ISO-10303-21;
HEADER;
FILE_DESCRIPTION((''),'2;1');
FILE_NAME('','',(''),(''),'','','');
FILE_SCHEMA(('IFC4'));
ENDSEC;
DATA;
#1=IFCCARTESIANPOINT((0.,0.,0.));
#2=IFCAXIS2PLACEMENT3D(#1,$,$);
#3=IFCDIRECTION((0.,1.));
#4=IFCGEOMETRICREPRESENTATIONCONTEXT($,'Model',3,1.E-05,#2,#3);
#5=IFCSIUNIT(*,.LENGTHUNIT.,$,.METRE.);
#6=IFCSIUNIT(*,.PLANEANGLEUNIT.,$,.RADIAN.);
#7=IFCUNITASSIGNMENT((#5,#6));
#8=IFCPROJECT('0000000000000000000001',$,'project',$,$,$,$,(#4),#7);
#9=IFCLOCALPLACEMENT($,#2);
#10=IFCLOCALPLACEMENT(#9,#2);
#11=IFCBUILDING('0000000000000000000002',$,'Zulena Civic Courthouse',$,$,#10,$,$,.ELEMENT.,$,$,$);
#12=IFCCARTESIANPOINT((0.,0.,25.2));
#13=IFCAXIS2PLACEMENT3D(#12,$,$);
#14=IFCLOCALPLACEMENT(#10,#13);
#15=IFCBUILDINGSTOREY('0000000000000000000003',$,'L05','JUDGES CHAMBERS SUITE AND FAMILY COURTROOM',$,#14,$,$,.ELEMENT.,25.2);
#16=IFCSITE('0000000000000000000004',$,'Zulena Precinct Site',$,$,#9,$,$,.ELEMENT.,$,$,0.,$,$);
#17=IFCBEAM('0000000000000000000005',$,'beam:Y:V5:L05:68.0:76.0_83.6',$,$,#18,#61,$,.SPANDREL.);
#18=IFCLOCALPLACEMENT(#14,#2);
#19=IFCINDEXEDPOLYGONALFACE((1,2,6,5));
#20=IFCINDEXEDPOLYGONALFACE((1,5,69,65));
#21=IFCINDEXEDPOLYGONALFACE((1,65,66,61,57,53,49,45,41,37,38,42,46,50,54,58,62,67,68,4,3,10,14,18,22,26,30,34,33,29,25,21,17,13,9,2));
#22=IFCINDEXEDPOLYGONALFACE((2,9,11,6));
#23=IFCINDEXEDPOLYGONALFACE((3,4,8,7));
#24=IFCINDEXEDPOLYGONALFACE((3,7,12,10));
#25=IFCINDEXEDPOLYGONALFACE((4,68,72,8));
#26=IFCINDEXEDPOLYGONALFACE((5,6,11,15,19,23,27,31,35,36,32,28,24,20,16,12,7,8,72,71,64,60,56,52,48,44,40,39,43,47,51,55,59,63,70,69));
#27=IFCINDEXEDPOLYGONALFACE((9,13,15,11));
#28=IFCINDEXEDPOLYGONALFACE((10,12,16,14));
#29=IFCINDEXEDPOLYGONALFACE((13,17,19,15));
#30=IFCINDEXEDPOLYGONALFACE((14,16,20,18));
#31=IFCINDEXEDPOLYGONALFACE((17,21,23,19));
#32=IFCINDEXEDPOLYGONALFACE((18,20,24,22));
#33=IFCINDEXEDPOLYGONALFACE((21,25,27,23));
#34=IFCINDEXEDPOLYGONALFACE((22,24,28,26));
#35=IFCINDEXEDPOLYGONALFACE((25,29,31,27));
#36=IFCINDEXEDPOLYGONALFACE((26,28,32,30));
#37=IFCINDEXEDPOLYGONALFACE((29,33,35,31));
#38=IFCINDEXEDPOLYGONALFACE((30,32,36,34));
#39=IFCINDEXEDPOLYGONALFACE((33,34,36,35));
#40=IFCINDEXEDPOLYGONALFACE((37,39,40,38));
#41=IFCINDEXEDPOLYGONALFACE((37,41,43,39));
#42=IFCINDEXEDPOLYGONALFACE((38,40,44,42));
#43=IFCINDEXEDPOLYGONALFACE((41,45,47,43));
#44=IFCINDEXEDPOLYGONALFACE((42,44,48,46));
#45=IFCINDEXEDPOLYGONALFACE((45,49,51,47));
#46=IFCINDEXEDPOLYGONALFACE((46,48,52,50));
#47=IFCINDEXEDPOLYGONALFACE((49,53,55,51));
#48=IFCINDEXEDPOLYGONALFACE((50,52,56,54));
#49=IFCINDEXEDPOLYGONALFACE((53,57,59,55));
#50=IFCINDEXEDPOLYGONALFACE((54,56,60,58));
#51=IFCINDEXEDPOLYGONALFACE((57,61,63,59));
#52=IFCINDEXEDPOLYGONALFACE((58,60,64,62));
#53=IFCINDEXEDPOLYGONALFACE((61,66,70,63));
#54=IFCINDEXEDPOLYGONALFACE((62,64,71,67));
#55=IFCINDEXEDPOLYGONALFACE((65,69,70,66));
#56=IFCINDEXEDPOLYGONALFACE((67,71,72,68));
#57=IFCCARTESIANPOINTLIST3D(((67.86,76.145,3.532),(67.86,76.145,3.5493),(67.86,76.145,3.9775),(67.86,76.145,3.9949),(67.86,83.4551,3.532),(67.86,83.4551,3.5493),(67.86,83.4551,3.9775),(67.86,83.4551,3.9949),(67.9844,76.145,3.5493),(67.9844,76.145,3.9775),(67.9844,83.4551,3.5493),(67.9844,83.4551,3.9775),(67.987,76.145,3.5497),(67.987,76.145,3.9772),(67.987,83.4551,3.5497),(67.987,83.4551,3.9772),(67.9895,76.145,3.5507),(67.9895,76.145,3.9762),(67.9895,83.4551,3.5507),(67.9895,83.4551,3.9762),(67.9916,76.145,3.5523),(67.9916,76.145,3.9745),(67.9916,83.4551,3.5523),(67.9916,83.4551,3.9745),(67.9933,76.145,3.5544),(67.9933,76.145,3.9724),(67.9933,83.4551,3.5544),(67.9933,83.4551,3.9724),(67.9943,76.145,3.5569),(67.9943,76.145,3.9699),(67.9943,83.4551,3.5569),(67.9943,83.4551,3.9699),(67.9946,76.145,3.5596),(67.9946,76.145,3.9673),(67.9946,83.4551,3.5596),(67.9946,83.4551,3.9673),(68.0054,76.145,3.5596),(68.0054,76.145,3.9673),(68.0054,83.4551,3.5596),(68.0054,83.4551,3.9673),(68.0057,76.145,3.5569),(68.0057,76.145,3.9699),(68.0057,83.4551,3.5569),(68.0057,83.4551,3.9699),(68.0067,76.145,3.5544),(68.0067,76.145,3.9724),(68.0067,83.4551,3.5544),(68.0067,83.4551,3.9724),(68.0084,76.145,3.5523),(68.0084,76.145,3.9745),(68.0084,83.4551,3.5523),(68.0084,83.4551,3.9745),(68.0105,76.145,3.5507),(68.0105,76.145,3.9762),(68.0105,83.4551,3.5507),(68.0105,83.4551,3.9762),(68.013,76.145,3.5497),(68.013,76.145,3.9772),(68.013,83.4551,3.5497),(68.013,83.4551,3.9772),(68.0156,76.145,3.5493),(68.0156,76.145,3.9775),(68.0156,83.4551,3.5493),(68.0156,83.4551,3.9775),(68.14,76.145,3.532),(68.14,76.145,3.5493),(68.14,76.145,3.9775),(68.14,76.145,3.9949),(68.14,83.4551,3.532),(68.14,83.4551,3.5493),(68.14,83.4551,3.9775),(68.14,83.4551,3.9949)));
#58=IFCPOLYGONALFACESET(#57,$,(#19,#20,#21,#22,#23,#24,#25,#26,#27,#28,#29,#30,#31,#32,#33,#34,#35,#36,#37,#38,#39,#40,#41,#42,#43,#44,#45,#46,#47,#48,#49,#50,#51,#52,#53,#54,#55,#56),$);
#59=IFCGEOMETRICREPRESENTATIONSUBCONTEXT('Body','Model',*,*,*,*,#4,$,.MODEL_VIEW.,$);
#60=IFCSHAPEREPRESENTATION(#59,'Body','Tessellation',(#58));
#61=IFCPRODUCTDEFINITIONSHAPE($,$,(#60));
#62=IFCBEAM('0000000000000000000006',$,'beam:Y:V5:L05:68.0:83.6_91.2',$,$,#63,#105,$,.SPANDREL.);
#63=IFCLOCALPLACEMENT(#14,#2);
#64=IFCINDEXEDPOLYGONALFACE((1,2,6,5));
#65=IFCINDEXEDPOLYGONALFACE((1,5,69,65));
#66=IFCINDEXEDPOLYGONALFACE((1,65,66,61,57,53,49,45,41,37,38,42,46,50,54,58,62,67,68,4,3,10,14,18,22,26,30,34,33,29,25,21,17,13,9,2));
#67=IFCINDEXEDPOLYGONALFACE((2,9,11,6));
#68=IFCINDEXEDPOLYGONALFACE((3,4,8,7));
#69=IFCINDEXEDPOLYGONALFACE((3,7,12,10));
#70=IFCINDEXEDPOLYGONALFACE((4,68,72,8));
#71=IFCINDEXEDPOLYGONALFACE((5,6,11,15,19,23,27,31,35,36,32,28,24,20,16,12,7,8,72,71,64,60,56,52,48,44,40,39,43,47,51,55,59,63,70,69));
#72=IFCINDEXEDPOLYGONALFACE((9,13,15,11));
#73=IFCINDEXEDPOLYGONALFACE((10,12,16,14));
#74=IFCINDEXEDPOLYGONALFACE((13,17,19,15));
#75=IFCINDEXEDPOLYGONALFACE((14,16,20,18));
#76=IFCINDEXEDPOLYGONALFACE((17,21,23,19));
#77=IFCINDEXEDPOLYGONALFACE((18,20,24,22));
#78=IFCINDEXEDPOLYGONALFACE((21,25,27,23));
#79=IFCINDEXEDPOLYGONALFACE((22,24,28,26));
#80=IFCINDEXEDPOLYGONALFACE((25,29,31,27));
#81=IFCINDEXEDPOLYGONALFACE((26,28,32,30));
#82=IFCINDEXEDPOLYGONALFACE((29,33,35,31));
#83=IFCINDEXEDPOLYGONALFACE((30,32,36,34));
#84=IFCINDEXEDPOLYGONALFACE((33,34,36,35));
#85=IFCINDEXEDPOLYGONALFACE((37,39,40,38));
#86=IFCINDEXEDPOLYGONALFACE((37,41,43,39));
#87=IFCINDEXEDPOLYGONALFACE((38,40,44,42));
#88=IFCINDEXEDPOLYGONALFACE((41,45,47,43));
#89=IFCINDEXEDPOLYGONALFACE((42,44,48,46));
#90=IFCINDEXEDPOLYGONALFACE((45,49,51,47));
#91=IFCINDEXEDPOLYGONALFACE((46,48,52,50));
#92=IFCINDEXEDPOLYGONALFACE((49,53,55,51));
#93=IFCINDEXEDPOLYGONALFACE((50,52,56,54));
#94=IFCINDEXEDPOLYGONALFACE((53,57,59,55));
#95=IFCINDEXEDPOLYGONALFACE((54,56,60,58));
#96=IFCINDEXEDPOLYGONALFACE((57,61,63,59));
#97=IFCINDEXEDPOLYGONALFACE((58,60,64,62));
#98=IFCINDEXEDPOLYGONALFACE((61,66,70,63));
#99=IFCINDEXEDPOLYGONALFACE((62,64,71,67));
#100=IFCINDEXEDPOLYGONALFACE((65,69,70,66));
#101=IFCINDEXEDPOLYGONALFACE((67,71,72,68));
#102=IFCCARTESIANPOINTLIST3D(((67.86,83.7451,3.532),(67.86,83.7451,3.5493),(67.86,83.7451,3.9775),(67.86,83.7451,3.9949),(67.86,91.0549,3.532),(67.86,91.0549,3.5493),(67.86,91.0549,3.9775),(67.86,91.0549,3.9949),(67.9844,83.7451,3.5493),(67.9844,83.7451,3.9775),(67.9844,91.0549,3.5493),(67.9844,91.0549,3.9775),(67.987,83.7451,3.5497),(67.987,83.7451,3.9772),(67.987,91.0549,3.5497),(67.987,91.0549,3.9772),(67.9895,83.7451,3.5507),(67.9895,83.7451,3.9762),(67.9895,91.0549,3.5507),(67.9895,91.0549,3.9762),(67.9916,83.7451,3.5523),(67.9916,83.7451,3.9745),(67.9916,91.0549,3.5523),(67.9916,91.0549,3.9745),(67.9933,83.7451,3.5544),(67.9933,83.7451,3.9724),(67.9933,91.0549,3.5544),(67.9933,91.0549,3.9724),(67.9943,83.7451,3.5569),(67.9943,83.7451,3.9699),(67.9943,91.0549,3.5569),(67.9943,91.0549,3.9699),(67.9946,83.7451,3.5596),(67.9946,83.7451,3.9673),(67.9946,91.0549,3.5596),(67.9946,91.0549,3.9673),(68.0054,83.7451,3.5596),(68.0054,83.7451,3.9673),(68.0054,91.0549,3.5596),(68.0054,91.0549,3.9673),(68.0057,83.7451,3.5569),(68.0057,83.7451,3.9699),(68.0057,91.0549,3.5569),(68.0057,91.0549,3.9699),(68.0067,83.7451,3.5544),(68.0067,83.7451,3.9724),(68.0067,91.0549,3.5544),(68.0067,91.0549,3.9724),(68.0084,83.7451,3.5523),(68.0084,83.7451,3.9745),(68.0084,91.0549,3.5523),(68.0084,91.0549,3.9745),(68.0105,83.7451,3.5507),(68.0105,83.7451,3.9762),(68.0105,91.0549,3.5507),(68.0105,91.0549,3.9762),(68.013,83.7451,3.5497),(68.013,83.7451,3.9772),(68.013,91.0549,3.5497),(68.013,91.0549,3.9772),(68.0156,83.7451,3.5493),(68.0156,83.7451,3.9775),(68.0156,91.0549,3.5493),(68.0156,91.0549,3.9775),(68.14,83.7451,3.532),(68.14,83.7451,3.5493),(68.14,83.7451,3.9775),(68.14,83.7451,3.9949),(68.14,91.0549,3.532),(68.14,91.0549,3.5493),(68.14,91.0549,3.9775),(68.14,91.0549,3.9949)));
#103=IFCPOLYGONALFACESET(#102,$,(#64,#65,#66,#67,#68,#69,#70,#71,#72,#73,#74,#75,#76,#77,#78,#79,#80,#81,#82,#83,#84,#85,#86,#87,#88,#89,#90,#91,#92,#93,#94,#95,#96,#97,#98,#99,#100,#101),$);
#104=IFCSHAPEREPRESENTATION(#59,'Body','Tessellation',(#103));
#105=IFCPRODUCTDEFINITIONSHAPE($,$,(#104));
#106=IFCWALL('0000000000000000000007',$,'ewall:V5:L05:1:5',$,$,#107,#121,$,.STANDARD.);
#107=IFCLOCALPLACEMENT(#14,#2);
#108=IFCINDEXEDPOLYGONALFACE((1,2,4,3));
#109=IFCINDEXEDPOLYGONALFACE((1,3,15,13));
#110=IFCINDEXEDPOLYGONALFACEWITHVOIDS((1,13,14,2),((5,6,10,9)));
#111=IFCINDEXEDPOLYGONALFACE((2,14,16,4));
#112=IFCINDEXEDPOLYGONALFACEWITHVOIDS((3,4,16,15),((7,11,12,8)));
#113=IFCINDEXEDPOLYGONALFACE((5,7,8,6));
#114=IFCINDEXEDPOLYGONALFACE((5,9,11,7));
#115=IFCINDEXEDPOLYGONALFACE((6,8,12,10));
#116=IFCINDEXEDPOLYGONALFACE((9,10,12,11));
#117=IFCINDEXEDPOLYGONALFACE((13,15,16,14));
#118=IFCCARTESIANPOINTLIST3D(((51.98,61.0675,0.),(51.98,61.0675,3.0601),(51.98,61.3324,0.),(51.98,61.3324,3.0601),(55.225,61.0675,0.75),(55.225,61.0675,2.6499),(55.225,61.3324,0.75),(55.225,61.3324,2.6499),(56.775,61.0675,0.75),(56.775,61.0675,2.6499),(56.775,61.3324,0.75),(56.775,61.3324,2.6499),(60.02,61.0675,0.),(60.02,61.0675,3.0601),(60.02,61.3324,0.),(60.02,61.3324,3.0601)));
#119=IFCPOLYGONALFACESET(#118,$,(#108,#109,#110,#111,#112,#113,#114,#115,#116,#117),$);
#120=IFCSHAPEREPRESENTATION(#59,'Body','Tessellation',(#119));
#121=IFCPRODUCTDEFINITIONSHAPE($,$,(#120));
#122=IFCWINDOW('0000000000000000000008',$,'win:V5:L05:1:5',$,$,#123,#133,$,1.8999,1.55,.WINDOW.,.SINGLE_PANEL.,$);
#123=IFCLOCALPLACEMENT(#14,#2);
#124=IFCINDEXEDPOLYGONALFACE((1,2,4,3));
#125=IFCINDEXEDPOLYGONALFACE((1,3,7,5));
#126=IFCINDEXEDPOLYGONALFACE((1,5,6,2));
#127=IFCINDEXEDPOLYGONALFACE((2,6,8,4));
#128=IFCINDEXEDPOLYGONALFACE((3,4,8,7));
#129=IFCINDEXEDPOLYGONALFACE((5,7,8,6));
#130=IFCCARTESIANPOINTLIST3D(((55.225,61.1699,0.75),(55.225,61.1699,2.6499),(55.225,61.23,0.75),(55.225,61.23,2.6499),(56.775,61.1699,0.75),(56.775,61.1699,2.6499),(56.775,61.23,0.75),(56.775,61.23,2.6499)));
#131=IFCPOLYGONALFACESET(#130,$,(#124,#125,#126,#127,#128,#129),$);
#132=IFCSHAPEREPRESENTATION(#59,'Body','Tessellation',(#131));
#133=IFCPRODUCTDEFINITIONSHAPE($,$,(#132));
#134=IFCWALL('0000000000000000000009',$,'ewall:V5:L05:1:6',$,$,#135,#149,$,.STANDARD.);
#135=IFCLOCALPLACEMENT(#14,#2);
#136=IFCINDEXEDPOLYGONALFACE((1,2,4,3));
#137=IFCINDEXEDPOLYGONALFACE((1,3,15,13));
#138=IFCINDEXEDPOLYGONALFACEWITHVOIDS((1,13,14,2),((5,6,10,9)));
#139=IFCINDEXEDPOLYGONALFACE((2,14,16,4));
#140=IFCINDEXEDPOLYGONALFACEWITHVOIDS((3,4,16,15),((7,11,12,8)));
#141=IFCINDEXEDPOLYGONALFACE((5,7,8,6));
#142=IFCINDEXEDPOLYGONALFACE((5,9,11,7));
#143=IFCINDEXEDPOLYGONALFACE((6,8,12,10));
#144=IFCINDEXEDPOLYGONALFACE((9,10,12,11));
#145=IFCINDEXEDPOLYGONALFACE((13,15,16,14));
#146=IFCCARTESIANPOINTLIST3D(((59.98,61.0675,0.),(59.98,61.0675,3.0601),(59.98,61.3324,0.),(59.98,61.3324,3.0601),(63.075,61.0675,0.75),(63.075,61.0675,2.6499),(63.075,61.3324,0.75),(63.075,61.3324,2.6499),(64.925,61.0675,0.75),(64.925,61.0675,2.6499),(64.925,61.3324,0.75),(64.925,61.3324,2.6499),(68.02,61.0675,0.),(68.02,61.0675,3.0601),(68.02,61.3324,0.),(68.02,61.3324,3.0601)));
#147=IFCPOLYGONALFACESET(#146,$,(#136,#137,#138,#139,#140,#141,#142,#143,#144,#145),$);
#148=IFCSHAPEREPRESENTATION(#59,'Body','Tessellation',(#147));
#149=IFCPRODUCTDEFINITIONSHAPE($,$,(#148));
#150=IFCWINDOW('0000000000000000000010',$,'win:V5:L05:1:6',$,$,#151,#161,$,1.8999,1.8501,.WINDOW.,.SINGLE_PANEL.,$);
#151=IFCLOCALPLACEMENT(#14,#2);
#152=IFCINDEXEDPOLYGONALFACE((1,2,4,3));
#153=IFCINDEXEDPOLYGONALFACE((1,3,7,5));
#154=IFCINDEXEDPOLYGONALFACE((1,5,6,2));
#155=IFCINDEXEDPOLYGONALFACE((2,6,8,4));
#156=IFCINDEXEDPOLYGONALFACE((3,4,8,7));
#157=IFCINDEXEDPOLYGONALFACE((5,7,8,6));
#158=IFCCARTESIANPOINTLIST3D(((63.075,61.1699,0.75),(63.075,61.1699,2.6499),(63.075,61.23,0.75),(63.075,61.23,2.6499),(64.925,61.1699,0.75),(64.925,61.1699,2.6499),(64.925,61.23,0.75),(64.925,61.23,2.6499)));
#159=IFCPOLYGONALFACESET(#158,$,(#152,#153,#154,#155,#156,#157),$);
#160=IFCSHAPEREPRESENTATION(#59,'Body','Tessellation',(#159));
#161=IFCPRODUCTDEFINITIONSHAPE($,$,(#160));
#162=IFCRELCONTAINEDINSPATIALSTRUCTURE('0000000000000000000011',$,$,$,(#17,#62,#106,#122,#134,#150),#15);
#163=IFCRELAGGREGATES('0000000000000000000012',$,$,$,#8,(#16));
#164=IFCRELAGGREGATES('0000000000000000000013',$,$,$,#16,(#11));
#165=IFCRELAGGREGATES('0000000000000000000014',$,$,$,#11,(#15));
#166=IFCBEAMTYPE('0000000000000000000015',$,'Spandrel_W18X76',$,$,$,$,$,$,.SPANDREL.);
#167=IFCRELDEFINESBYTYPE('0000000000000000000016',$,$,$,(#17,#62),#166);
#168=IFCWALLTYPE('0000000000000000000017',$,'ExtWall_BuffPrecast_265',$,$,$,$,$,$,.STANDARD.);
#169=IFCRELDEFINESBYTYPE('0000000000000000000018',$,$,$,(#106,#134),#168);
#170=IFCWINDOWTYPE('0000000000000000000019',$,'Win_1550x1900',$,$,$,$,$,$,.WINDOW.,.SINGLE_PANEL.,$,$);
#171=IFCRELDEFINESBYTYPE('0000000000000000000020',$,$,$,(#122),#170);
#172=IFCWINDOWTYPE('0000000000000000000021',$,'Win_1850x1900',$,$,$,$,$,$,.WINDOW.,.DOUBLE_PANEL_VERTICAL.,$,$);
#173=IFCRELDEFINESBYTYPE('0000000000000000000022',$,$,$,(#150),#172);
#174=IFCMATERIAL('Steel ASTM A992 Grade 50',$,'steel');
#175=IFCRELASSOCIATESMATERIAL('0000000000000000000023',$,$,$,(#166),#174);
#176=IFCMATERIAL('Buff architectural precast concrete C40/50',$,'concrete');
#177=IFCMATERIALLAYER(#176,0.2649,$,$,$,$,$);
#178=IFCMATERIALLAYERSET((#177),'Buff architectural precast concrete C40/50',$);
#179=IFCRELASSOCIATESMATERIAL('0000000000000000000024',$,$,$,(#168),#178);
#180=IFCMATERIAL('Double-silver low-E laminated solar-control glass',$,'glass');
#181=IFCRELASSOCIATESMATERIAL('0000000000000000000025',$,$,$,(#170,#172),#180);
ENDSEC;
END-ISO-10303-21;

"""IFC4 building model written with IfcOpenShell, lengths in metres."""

from ifc_helpers import new_model, si_unit, direction, frame, frame_2d, origin, origin_2d, place, context, subcontext, project, spatial, rectangle, i_section, extrude, material, layer, layer_set, material_profile, profile_set, type_object, element, fill, save


model = new_model("IFC4")

# Units and contexts
model_context = context("Model", 3, precision=1e-05, world=origin(), true_north=direction((0.0, 1.0)))
body_context = subcontext(model_context, "Body", "Model", "MODEL_VIEW")
ifc_project = project(units=[si_unit("LENGTHUNIT", "METRE"), si_unit("PLANEANGLEUNIT", "RADIAN")], contexts=[model_context])

# Site, building, storey
site_placement = place(None, origin())
site = spatial("IfcSite", under=ifc_project, at=site_placement, Name="Zulena Precinct Site", CompositionType="ELEMENT", RefElevation=0.0)
building_placement = place(site_placement, origin())
building = spatial("IfcBuilding", under=site, at=building_placement, Name="Zulena Civic Courthouse", CompositionType="ELEMENT")
storey_placement = place(building_placement, frame((0.0, 0.0, 25.2)))
storey = spatial("IfcBuildingStorey", under=building, at=storey_placement, Name="L05", Description="JUDGES CHAMBERS SUITE AND FAMILY COURTROOM", CompositionType="ELEMENT", Elevation=25.2)

# Shared definitions
ifc_material_1 = material(Name="Steel ASTM A992 Grade 50", Category="steel")

# Beams
ifc_material_profile_1 = material_profile(ifc_material_1, i_section(OverallWidth=0.28, OverallDepth=0.4629, WebThickness=0.0107, FlangeThickness=0.0173, FilletRadius=0.0103, at=origin_2d()), Name="W18X76")
ifc_profile_set_1 = profile_set([ifc_material_profile_1], Name="Steel ASTM A992 Grade 50")
beam_type_1 = type_object("IfcBeamType", Name="Spandrel_W18X76", PredefinedType="SPANDREL", material=ifc_profile_set_1)
for number, where, z_axis, x_axis, name in (
    (1, (68.0, 76.145, 3.7634), (0.0, 1.0, 0.0), (-1.0, 0.0, 0.0), "beam:Y:V5:L05:68.0:76.0_83.6"),
):
    element("IfcBeam", number, at=place(storey_placement, frame(where, z_axis=z_axis, x_axis=x_axis)), inside=storey, type_object=beam_type_1, Name=name, PredefinedType="SPANDREL", context=body_context, shape_type="SweptSolid", body=[
        extrude(i_section(OverallWidth=0.28, OverallDepth=0.4629, WebThickness=0.0107, FlangeThickness=0.0173, FilletRadius=0.0103, at=origin_2d()), origin(), (0.0, 0.0, 1.0), 7.3101),
    ])
beam_1_placement = place(storey_placement, frame((68.0, 83.7451, 3.7634), z_axis=(0.0, 1.0, 0.0), x_axis=(-1.0, 0.0, 0.0)))
element("IfcBeam", 2, at=beam_1_placement, inside=storey, type_object=beam_type_1, Name="beam:Y:V5:L05:68.0:83.6_91.2", PredefinedType="SPANDREL", context=body_context, shape_type="SweptSolid", body=[
    extrude(i_section(OverallWidth=0.28, OverallDepth=0.4629, WebThickness=0.0107, FlangeThickness=0.0173, FilletRadius=0.0103, at=origin_2d()), origin(), (0.0, 0.0, 1.0), 7.3098),
])

# Walls, openings, windows
ifc_material_2 = material(Name="Buff architectural precast concrete C40/50", Category="concrete")
ifc_layer_1 = layer(ifc_material_2, 0.2649)
ifc_layer_set_1 = layer_set([ifc_layer_1], Name="Buff architectural precast concrete C40/50")
wall_type_1 = type_object("IfcWallType", Name="ExtWall_BuffPrecast_265", PredefinedType="STANDARD", material=ifc_layer_set_1)
wall_1_placement = place(storey_placement, frame((51.98, 61.2, 0.0), z_axis=(0.0, 0.0, 1.0), x_axis=(1.0, 0.0, 0.0)))
wall_1 = element("IfcWall", 3, at=wall_1_placement, inside=storey, type_object=wall_type_1, Name="ewall:V5:L05:1:5", PredefinedType="STANDARD", context=body_context, shape_type="SweptSolid", body=[
    extrude(rectangle(XDim=8.04, YDim=0.2649, at=frame_2d((4.02, 0.0))), origin(), (0.0, 0.0, 1.0), 3.0601),
])
opening_1_placement = place(wall_1_placement, frame((3.2451, 0.0, 0.75)))
opening_1 = element("IfcOpeningElement", 4, at=opening_1_placement, cuts=wall_1, PredefinedType="OPENING", context=body_context, shape_type="SweptSolid", body=[
    extrude(rectangle(XDim=1.55, YDim=1.8999, at=frame_2d((0.7749, 0.95))), frame((0.0, 0.1423, 0.0), z_axis=(0.0, -1.0, 0.0), x_axis=(1.0, 0.0, 0.0)), (0.0, 0.0, 1.0), 0.2849),
])
ifc_material_3 = material(Name="Double-silver low-E laminated solar-control glass", Category="glass")
window_type_1 = type_object("IfcWindowType", Name="Win_1550x1900", PartitioningType="SINGLE_PANEL", PredefinedType="WINDOW", material=ifc_material_3)
window_1_placement = place(opening_1_placement, origin())
window_1 = element("IfcWindow", 5, at=window_1_placement, inside=storey, type_object=window_type_1, Name="win:V5:L05:1:5", OverallHeight=1.8999, OverallWidth=1.55, PartitioningType="SINGLE_PANEL", PredefinedType="WINDOW", context=body_context, shape_type="SweptSolid", body=[
    extrude(rectangle(XDim=1.55, YDim=1.8999, at=frame_2d((0.7749, 0.95))), frame((0.0, 0.03, 0.0), z_axis=(0.0, -1.0, 0.0), x_axis=(1.0, 0.0, 0.0)), (0.0, 0.0, 1.0), 0.0601),
])
fill(opening_1, window_1)
wall_2_placement = place(storey_placement, frame((59.98, 61.2, 0.0), z_axis=(0.0, 0.0, 1.0), x_axis=(1.0, 0.0, 0.0)))
wall_2 = element("IfcWall", 6, at=wall_2_placement, inside=storey, type_object=wall_type_1, Name="ewall:V5:L05:1:6", PredefinedType="STANDARD", context=body_context, shape_type="SweptSolid", body=[
    extrude(rectangle(XDim=8.04, YDim=0.2649, at=frame_2d((4.02, 0.0))), origin(), (0.0, 0.0, 1.0), 3.0601),
])
opening_2_placement = place(wall_2_placement, frame((3.095, 0.0, 0.75)))
opening_2 = element("IfcOpeningElement", 7, at=opening_2_placement, cuts=wall_2, PredefinedType="OPENING", context=body_context, shape_type="SweptSolid", body=[
    extrude(rectangle(XDim=1.8501, YDim=1.8999, at=frame_2d((0.925, 0.95))), frame((0.0, 0.1423, 0.0), z_axis=(0.0, -1.0, 0.0), x_axis=(1.0, 0.0, 0.0)), (0.0, 0.0, 1.0), 0.2849),
])
window_type_2 = type_object("IfcWindowType", Name="Win_1850x1900", PartitioningType="DOUBLE_PANEL_VERTICAL", PredefinedType="WINDOW", material=ifc_material_3)
window_2_placement = place(opening_2_placement, origin())
window_2 = element("IfcWindow", 8, at=window_2_placement, inside=storey, type_object=window_type_2, Name="win:V5:L05:1:6", OverallHeight=1.8999, OverallWidth=1.8501, PartitioningType="SINGLE_PANEL", PredefinedType="WINDOW", context=body_context, shape_type="SweptSolid", body=[
    extrude(rectangle(XDim=1.8501, YDim=1.8999, at=frame_2d((0.925, 0.95))), frame((0.0, 0.03, 0.0), z_axis=(0.0, -1.0, 0.0), x_axis=(1.0, 0.0, 0.0)), (0.0, 0.0, 1.0), 0.0601),
])
fill(opening_2, window_2)

save(model, "model.ifc")
